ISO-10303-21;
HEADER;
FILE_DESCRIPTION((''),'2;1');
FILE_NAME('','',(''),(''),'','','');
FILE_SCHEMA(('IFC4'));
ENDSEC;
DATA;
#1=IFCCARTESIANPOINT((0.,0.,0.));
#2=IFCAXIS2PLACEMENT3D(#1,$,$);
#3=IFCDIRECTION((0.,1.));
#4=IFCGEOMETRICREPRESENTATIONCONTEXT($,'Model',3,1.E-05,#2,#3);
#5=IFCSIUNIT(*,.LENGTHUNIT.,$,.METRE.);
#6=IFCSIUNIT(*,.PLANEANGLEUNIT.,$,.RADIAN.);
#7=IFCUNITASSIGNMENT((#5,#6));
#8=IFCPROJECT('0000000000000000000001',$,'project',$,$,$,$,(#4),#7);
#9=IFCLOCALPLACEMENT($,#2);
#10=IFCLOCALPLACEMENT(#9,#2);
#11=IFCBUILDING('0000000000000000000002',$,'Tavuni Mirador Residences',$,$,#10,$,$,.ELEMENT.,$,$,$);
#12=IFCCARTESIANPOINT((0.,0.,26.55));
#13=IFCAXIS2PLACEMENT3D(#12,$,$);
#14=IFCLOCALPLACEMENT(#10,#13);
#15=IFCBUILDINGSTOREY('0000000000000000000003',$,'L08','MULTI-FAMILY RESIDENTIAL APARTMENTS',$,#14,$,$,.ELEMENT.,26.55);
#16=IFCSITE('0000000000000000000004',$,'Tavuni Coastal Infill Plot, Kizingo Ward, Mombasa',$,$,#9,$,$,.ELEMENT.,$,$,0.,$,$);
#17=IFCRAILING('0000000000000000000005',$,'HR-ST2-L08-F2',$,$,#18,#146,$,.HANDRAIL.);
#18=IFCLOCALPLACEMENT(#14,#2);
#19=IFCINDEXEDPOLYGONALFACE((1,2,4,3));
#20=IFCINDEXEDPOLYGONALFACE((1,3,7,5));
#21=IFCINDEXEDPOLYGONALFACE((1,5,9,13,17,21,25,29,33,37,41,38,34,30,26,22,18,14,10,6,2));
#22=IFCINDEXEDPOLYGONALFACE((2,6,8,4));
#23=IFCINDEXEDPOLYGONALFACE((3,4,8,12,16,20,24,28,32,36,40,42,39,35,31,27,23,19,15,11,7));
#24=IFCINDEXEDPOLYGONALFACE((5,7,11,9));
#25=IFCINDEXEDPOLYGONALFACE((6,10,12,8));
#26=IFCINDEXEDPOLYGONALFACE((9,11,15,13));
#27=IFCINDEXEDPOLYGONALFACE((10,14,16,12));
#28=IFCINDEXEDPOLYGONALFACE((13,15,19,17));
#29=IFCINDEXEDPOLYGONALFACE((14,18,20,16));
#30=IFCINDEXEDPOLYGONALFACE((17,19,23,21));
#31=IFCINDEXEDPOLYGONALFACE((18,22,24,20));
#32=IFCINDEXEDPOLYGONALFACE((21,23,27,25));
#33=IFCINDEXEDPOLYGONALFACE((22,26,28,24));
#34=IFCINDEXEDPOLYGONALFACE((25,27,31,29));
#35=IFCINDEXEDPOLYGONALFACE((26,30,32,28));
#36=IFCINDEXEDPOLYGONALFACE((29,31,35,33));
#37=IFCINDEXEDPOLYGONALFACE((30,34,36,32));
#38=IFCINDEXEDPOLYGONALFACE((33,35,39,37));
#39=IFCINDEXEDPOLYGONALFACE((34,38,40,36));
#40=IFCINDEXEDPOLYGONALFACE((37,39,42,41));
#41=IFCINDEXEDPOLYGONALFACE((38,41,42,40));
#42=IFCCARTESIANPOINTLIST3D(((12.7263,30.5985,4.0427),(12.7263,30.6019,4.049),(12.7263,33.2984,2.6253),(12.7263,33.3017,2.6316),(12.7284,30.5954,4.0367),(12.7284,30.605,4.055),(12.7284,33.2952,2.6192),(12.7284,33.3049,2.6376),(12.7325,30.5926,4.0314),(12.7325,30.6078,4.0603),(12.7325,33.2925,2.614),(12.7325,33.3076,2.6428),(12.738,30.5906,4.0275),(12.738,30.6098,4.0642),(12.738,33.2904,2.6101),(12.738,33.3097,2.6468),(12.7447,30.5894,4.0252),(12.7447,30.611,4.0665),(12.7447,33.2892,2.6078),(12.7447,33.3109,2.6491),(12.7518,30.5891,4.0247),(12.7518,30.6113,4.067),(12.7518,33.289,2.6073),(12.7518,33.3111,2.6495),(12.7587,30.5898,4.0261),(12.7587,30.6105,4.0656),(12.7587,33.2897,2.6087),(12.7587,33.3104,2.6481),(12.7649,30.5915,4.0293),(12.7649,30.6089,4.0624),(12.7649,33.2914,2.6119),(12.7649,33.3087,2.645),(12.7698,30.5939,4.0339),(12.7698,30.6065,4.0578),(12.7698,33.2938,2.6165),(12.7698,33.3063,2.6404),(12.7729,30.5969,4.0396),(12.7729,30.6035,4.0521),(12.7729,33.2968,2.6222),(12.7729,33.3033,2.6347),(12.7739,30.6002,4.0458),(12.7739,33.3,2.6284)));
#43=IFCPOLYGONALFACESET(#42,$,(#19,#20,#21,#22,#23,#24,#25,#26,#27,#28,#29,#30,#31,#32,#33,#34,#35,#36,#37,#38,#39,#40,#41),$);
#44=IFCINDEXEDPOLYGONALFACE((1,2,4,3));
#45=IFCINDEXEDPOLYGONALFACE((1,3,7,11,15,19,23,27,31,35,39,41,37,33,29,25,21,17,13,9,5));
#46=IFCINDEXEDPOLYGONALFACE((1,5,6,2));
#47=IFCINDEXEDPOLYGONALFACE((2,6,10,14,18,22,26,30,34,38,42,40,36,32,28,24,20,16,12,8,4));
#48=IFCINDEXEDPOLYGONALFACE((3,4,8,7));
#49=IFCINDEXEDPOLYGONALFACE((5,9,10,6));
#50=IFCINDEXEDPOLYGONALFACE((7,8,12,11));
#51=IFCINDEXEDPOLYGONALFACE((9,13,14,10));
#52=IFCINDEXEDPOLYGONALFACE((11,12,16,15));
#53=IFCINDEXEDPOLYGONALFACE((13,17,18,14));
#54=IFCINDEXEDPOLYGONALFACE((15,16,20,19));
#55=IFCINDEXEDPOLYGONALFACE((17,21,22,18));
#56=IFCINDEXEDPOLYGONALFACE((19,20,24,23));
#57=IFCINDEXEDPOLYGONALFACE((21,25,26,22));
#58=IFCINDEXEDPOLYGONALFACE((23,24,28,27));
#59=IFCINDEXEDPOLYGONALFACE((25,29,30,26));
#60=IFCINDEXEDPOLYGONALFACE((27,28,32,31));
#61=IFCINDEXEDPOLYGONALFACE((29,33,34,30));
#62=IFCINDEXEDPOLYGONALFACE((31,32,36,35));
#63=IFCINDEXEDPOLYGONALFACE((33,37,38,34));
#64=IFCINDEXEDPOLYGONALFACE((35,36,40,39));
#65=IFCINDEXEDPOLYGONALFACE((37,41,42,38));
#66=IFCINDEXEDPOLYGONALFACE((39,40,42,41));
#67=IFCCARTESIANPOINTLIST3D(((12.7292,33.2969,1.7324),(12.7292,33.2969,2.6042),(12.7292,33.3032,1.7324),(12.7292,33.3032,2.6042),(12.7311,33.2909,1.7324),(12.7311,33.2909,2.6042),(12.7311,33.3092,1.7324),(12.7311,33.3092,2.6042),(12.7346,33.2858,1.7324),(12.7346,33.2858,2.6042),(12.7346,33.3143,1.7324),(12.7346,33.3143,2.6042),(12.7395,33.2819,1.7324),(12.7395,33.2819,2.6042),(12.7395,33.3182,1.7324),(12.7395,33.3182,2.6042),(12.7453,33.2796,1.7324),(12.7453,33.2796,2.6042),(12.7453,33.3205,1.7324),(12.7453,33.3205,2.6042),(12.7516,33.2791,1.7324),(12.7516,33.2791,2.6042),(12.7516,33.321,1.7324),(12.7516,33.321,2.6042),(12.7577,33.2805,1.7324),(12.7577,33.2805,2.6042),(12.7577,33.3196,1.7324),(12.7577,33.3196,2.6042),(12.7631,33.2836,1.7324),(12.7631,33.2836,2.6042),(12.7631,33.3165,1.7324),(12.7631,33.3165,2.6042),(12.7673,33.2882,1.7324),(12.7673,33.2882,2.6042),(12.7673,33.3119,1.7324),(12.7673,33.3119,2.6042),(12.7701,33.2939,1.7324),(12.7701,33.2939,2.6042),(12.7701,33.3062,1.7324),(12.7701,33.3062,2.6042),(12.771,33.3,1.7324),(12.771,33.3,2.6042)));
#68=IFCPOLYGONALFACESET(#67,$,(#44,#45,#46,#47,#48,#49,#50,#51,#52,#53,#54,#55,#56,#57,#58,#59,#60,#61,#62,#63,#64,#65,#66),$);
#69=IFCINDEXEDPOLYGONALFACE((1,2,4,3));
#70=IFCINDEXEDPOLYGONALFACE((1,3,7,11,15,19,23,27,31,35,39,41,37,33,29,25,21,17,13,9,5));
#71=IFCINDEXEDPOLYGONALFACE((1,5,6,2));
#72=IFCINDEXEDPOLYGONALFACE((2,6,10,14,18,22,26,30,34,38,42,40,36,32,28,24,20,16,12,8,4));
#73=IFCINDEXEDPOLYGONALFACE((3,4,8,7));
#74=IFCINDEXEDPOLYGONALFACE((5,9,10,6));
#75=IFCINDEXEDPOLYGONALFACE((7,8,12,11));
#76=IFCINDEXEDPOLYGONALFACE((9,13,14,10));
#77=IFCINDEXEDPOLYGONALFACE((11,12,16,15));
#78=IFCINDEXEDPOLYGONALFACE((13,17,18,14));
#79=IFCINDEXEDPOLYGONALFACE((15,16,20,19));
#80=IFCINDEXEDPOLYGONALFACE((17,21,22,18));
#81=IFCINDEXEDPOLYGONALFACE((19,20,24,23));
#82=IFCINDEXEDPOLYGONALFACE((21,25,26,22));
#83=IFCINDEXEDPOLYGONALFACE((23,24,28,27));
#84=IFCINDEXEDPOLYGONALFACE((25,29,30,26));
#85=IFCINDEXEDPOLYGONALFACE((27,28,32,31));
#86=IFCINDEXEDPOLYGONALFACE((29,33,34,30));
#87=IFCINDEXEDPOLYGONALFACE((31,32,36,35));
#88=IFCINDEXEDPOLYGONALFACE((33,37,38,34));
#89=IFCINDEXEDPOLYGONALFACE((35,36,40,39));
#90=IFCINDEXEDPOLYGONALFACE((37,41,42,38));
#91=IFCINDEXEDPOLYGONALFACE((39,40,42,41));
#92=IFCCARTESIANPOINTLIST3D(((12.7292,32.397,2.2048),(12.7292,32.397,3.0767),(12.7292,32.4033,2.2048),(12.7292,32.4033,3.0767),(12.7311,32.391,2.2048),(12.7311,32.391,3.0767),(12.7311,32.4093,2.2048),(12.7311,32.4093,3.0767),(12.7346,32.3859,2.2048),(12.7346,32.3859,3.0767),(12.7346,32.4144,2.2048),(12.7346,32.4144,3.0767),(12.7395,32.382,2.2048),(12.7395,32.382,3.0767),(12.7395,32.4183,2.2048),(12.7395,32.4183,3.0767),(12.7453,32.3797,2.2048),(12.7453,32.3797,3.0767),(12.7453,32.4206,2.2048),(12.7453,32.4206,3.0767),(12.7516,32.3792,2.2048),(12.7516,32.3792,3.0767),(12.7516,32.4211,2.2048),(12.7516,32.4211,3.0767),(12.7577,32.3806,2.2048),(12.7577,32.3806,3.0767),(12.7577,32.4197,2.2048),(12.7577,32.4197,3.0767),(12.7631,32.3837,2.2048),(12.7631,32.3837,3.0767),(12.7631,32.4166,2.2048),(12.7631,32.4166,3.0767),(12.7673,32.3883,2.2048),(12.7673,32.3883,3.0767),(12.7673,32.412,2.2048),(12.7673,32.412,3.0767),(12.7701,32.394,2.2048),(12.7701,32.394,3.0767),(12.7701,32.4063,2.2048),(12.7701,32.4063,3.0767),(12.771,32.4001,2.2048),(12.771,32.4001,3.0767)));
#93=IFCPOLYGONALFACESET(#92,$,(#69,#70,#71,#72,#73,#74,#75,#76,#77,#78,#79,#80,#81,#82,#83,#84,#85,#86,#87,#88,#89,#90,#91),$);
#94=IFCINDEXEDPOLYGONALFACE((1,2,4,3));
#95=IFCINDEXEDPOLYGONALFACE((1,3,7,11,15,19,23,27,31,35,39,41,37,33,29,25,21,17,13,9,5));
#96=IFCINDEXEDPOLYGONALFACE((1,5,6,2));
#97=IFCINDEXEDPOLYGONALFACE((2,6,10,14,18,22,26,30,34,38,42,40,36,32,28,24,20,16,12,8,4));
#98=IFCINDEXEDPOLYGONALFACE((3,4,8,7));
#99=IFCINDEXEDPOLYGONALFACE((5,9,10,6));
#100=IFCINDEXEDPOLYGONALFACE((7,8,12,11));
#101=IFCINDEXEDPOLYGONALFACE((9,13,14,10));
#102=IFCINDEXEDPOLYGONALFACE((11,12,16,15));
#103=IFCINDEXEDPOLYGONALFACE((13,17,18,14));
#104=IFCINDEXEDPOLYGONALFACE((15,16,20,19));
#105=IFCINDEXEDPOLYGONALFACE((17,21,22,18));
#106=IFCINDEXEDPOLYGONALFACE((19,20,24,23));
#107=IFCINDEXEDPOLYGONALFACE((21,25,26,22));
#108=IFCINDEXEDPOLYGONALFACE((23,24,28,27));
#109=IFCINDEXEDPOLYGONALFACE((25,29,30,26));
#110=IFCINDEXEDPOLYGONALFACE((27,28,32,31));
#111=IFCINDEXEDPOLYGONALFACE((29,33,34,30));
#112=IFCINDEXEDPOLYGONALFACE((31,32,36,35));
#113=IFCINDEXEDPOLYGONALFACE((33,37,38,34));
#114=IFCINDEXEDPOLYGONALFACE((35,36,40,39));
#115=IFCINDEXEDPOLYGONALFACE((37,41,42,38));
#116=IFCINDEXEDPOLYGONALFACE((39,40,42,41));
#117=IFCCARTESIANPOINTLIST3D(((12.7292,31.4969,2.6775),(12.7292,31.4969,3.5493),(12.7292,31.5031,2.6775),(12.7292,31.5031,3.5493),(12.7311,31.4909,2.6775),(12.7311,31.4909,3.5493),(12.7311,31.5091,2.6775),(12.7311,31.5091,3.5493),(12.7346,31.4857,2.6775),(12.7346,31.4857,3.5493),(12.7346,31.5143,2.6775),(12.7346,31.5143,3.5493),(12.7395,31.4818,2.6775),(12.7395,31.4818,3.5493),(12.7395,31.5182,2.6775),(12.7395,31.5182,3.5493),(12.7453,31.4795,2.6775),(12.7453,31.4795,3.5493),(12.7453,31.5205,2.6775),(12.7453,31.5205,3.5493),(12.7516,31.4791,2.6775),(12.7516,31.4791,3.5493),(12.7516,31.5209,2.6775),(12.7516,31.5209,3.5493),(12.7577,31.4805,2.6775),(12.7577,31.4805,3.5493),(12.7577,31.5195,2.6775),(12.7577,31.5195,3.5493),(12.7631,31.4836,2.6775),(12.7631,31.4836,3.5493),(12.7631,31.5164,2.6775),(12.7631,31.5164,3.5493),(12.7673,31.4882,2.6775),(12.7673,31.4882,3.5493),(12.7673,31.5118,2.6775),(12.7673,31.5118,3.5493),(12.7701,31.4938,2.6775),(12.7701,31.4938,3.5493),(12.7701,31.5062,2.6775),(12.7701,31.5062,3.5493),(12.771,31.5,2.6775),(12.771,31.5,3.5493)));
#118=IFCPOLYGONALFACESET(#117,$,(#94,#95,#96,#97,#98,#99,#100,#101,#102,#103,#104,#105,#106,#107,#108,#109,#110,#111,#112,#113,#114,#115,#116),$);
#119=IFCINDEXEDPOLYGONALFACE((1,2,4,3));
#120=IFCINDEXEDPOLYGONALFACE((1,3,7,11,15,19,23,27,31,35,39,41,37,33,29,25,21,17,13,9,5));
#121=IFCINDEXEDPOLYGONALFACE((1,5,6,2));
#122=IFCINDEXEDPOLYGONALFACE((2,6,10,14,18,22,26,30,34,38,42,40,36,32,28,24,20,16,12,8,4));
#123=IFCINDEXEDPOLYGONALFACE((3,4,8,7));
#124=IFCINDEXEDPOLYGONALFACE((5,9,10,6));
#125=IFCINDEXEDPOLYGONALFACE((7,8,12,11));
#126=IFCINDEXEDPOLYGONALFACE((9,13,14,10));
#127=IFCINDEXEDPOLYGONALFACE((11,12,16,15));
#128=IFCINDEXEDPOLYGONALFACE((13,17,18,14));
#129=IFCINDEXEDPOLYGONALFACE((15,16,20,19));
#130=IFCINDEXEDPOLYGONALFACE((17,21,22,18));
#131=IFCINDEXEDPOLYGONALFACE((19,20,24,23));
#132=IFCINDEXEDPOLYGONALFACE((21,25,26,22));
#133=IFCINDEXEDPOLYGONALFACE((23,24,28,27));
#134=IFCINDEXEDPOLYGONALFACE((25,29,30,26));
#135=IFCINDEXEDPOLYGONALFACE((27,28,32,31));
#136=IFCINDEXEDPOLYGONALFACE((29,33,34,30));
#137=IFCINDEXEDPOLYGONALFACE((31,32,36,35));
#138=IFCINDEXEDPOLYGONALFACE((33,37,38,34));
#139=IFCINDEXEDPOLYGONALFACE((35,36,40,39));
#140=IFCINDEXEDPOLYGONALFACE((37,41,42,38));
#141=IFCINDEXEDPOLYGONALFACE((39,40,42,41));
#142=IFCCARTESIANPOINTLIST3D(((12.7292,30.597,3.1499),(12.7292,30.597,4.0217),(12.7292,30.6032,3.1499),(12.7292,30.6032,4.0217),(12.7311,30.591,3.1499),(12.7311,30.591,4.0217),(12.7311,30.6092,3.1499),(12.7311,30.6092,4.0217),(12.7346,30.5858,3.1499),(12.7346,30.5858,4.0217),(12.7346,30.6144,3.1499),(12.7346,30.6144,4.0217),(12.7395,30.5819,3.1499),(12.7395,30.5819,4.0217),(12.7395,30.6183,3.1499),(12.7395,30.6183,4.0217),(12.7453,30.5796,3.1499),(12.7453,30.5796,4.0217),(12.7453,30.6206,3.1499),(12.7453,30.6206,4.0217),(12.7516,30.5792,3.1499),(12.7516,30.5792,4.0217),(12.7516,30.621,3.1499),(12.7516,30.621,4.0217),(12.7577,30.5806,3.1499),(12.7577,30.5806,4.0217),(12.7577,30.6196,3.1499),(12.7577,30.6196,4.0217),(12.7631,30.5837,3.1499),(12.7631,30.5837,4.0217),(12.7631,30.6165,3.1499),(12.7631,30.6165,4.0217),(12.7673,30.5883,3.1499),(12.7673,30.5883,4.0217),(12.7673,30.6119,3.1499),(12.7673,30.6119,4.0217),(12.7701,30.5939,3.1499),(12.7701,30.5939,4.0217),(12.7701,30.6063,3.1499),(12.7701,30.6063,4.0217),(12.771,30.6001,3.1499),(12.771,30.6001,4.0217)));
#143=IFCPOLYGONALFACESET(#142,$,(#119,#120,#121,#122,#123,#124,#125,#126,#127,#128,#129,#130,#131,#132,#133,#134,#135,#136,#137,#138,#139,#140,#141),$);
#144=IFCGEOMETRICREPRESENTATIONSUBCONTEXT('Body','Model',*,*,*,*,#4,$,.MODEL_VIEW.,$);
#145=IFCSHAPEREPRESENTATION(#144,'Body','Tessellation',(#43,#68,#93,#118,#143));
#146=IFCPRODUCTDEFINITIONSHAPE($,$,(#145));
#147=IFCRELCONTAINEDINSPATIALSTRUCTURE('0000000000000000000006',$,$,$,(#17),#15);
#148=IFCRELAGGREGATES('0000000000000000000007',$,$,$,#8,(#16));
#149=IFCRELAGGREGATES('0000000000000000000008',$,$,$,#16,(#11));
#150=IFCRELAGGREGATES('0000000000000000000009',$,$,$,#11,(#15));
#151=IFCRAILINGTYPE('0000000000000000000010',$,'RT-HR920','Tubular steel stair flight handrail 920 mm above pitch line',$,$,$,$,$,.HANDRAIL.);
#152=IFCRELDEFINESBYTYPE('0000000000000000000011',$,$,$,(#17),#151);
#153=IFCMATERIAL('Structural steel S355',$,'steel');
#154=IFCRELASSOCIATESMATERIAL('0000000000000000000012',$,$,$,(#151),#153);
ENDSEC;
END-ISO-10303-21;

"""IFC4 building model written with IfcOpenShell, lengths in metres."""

from ifc_helpers import new_model, si_unit, direction, frame, origin, origin_2d, place, context, subcontext, project, spatial, circle, extrude, material, type_object, element, save


model = new_model("IFC4")

# Units and contexts
model_context = context("Model", 3, precision=1e-05, world=origin(), true_north=direction((0.0, 1.0)))
body_context = subcontext(model_context, "Body", "Model", "MODEL_VIEW")
ifc_project = project(units=[si_unit("LENGTHUNIT", "METRE"), si_unit("PLANEANGLEUNIT", "RADIAN")], contexts=[model_context])

# Site, building, storey
site_placement = place(None, origin())
site = spatial("IfcSite", under=ifc_project, at=site_placement, Name="Tavuni Coastal Infill Plot, Kizingo Ward, Mombasa", CompositionType="ELEMENT", RefElevation=0.0)
building_placement = place(site_placement, origin())
building = spatial("IfcBuilding", under=site, at=building_placement, Name="Tavuni Mirador Residences", CompositionType="ELEMENT")
storey_placement = place(building_placement, frame((0.0, 0.0, 26.55)))
storey = spatial("IfcBuildingStorey", under=building, at=storey_placement, Name="L08", Description="MULTI-FAMILY RESIDENTIAL APARTMENTS", CompositionType="ELEMENT", Elevation=26.55)

# Shared definitions
ifc_material_1 = material(Name="Structural steel S355", Category="steel")

# Railing
railing_type_1 = type_object("IfcRailingType", Name="RT-HR920", Description="Tubular steel stair flight handrail 920 mm above pitch line", PredefinedType="HANDRAIL", material=ifc_material_1)
railing_1_placement = place(storey_placement, frame((12.75, 33.3, 1.7324)))
element("IfcRailing", 1, at=railing_1_placement, inside=storey, type_object=railing_type_1, Name="HR-ST2-L08-F2", PredefinedType="HANDRAIL", context=body_context, shape_type="SweptSolid", body=[
    extrude(circle(Radius=0.0239, at=origin_2d()), frame((0.0, 0.0, 0.896), z_axis=(0.0, -0.885397, 0.464835), x_axis=(1.0, 0.0, 0.0)), (0.0, 0.0, 1.0), 3.0493),
    extrude(circle(Radius=0.021, at=origin_2d()), origin(), (0.0, 0.0, 1.0), 0.8718),
    extrude(circle(Radius=0.021, at=origin_2d()), frame((0.0, -0.8999, 0.4724)), (0.0, 0.0, 1.0), 0.8718),
    extrude(circle(Radius=0.021, at=origin_2d()), frame((0.0, -1.8, 0.9451)), (0.0, 0.0, 1.0), 0.8718),
    extrude(circle(Radius=0.021, at=origin_2d()), frame((0.0, -2.7, 1.4175)), (0.0, 0.0, 1.0), 0.8718),
])

save(model, "model.ifc")
